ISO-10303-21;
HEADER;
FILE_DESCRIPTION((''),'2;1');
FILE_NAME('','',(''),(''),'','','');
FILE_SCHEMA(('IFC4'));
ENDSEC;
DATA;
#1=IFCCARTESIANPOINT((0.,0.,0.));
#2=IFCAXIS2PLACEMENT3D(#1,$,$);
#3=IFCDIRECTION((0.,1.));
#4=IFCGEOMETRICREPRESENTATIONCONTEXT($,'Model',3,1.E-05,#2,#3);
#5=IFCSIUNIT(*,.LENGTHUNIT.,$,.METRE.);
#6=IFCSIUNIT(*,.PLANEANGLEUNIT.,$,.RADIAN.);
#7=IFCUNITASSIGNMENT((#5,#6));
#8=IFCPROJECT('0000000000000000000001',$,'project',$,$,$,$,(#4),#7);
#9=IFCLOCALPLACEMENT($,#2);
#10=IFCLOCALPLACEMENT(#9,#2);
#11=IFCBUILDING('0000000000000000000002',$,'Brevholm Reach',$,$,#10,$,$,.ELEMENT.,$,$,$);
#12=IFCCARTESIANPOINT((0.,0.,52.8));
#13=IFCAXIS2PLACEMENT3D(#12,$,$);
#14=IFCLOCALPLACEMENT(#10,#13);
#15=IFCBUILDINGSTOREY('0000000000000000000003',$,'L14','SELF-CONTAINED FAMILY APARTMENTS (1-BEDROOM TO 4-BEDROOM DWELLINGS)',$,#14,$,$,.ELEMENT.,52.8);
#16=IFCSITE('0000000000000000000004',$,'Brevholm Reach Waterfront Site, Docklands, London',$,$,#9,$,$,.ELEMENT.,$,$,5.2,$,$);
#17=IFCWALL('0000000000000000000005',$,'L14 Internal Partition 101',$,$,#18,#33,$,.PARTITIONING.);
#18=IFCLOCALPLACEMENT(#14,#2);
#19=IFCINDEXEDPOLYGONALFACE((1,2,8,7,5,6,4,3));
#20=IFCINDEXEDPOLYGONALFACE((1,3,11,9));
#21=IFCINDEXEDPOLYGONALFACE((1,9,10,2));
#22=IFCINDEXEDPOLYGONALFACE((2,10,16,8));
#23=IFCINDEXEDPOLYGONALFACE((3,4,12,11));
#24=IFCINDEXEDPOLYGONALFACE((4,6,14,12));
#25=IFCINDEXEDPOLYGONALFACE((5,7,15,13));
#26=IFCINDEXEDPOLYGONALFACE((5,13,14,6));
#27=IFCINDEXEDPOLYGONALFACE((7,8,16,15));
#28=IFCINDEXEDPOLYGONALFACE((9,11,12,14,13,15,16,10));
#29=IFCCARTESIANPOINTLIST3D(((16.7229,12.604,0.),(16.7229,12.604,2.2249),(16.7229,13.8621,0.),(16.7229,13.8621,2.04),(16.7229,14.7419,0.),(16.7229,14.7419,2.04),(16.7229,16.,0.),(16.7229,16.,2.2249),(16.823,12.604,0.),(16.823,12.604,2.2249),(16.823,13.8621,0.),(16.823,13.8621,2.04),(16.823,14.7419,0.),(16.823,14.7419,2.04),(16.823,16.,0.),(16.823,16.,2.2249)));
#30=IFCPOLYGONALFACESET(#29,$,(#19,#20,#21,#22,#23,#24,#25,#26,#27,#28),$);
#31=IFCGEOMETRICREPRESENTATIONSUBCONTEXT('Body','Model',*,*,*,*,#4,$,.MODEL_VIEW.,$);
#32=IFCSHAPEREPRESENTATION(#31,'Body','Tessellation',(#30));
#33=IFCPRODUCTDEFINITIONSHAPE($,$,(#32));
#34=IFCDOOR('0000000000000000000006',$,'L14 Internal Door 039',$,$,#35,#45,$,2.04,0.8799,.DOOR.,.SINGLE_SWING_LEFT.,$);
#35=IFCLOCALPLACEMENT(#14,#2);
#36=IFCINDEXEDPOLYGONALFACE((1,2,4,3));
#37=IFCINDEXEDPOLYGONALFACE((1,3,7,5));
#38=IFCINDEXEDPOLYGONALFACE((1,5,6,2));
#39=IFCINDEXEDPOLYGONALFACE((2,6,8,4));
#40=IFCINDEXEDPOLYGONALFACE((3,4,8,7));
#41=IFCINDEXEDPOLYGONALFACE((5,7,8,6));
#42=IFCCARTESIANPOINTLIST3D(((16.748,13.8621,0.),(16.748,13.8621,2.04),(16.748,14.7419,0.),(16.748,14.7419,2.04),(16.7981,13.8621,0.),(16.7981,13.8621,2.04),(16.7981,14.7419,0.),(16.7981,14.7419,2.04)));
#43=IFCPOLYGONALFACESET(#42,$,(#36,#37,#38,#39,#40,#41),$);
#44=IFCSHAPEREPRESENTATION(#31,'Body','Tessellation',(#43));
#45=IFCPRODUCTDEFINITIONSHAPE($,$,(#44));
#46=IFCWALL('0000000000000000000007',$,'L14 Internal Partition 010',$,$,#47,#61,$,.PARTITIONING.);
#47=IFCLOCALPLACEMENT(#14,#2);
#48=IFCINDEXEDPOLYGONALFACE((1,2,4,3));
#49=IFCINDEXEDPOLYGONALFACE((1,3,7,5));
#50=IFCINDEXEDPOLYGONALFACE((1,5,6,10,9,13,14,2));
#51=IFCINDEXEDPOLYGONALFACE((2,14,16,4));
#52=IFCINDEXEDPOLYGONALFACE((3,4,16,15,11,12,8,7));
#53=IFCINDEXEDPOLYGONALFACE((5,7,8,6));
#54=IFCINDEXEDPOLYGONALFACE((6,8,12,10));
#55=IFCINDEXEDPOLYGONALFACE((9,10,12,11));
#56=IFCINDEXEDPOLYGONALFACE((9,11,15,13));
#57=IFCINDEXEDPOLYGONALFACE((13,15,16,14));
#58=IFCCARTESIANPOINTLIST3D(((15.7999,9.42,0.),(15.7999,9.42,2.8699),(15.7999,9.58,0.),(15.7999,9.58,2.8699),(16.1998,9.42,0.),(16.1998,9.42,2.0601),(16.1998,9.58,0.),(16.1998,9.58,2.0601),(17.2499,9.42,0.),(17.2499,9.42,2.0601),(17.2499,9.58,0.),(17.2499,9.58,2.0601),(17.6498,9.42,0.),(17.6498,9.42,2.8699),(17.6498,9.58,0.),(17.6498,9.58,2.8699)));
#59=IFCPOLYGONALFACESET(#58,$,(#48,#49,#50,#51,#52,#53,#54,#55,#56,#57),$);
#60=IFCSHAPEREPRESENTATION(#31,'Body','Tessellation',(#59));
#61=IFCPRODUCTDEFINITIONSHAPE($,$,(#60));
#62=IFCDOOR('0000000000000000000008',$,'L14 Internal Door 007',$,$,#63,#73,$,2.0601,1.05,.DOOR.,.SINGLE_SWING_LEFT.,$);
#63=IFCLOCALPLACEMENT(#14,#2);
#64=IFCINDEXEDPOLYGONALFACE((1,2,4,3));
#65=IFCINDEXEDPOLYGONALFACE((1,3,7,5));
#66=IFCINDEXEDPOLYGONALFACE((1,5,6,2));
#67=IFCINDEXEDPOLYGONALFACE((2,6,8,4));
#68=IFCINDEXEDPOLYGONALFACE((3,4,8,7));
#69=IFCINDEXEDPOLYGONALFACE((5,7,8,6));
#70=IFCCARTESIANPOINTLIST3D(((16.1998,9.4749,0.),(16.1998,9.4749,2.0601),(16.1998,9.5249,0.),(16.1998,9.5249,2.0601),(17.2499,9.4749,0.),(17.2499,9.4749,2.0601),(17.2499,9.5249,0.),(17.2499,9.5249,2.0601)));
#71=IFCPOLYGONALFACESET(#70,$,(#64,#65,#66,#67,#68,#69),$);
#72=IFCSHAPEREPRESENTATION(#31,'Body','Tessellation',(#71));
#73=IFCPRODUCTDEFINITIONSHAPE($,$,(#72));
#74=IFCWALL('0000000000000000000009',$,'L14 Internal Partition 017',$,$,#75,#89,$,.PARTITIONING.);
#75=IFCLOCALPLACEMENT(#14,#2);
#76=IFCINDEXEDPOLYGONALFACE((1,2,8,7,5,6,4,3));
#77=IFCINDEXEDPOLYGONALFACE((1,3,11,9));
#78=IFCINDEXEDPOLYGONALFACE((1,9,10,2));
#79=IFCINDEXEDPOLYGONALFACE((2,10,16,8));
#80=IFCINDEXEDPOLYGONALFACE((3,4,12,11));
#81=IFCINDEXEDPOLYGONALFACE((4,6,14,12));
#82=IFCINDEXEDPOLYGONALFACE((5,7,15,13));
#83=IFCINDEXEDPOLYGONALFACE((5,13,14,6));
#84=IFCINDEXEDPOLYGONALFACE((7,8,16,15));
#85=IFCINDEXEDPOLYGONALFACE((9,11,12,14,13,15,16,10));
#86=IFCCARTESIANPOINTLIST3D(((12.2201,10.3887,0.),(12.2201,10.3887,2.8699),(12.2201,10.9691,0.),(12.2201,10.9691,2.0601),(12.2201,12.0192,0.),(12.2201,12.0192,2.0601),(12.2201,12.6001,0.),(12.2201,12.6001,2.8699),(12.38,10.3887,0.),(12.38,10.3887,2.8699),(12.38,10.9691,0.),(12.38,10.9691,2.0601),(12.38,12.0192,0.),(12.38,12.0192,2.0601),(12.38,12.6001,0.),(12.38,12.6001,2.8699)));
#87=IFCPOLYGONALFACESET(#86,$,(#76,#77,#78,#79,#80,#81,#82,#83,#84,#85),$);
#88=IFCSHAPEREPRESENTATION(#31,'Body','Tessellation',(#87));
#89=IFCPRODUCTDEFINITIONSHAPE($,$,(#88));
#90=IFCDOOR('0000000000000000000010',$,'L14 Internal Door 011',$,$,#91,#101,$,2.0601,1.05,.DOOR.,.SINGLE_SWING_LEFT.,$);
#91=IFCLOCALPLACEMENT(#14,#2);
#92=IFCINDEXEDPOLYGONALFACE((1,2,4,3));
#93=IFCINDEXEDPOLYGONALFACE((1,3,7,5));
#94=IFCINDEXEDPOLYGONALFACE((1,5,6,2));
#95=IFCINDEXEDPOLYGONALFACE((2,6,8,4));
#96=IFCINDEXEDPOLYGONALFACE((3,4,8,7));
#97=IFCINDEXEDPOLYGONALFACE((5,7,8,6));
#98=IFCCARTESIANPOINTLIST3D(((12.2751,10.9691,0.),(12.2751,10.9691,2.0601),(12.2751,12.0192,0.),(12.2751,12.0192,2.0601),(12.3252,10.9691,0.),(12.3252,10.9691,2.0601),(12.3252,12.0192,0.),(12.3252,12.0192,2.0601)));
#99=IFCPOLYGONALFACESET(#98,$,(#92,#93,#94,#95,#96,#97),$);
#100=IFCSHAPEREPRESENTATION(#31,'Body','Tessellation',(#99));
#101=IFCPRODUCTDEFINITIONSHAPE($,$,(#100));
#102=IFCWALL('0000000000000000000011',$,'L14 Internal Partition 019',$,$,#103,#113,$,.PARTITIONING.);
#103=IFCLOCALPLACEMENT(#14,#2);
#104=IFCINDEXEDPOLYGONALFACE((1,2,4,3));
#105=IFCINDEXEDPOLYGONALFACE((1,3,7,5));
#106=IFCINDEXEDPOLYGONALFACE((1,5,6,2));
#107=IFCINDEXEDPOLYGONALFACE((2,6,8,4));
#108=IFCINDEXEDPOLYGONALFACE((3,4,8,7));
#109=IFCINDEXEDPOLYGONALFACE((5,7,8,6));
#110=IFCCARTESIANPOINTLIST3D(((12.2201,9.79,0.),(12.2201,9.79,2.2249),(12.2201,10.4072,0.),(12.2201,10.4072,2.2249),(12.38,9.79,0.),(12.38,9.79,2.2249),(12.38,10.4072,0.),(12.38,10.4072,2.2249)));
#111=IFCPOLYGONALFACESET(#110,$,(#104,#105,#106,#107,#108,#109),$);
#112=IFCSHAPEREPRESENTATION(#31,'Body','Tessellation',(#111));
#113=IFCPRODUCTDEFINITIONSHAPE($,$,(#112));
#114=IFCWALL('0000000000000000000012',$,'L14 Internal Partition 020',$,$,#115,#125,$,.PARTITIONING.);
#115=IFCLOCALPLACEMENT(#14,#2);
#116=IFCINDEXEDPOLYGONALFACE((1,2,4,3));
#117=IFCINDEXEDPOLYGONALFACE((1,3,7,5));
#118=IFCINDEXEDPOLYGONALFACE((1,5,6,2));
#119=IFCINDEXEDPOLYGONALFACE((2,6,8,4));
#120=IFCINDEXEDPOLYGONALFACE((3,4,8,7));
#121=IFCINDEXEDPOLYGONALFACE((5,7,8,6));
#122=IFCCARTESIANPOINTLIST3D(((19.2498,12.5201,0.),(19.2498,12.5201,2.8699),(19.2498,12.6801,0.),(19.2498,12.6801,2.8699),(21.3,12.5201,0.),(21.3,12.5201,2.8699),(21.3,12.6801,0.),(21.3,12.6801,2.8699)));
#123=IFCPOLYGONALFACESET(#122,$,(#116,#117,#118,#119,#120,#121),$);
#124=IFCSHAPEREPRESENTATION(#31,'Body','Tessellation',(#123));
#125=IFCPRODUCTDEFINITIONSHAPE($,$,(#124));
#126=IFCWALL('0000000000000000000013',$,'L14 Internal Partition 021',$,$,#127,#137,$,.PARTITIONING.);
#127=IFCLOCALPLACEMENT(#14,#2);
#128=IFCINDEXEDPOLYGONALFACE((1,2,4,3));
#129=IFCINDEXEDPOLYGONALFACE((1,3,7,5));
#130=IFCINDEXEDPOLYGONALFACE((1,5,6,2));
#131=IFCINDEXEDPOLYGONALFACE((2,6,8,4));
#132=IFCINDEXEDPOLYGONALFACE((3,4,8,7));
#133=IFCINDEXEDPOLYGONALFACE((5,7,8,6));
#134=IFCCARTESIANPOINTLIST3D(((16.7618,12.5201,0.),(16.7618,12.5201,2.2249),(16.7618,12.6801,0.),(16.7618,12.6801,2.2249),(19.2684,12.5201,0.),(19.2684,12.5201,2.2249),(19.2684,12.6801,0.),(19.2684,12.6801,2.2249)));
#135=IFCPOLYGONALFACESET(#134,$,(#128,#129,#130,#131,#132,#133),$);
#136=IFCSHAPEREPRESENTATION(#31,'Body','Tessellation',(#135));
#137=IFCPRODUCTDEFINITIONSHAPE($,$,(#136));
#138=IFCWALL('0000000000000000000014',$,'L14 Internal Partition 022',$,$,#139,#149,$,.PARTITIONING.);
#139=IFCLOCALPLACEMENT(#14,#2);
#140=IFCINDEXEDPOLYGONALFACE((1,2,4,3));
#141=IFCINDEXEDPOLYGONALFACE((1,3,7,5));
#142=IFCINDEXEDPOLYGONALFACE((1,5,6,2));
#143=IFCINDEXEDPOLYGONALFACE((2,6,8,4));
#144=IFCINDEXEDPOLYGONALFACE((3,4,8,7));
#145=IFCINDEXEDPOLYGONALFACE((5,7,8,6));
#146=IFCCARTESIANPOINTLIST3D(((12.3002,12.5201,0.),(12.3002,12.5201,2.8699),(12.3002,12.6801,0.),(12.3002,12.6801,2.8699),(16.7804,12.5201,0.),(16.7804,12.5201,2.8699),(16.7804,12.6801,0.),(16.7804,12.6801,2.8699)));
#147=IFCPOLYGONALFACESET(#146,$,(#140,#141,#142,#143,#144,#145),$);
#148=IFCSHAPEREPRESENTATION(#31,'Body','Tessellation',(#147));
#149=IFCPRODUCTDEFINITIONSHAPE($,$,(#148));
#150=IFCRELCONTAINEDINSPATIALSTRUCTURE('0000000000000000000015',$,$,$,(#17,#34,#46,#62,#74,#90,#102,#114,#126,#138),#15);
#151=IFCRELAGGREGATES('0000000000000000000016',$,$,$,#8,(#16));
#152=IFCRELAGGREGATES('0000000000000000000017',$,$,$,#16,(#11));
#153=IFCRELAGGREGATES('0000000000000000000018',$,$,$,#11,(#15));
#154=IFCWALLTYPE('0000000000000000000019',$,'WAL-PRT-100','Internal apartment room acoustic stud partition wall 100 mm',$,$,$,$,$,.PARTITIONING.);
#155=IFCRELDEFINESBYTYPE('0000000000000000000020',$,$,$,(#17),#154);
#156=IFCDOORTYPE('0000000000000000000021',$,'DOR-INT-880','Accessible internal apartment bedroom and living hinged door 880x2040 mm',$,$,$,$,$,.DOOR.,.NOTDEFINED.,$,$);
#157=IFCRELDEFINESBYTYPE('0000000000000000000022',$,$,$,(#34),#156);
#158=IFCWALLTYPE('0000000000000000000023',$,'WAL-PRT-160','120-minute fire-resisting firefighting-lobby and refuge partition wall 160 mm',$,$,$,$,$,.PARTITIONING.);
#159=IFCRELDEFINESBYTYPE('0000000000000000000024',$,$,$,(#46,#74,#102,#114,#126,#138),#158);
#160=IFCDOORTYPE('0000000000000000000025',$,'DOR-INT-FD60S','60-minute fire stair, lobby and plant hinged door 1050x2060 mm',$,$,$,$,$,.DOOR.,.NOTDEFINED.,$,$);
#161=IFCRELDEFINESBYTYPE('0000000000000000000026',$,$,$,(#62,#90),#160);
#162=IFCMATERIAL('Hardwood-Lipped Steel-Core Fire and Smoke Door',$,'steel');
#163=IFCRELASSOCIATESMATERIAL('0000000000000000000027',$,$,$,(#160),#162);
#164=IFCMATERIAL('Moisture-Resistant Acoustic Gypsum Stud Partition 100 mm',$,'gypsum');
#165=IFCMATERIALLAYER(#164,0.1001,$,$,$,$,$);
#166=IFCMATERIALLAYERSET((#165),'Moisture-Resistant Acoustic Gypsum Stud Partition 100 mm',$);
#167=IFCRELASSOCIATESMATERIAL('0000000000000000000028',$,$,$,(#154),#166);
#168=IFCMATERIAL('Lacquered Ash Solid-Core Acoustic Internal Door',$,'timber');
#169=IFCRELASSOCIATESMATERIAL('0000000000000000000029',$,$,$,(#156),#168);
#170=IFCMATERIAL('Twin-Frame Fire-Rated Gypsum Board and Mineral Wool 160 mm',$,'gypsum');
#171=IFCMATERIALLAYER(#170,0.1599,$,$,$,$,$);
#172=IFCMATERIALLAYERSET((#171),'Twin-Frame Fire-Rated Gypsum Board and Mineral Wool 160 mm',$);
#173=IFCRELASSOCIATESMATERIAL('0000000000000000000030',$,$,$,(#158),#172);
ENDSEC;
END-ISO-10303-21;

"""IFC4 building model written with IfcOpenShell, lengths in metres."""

from ifc_helpers import new_model, si_unit, direction, frame, frame_2d, origin, place, context, subcontext, project, spatial, rectangle, extrude, material, layer, layer_set, type_object, element, fill, save


model = new_model("IFC4")

# Units and contexts
model_context = context("Model", 3, precision=1e-05, world=origin(), true_north=direction((0.0, 1.0)))
body_context = subcontext(model_context, "Body", "Model", "MODEL_VIEW")
ifc_project = project(units=[si_unit("LENGTHUNIT", "METRE"), si_unit("PLANEANGLEUNIT", "RADIAN")], contexts=[model_context])

# Site, building, storey
site_placement = place(None, origin())
site = spatial("IfcSite", under=ifc_project, at=site_placement, Name="Brevholm Reach Waterfront Site, Docklands, London", CompositionType="ELEMENT", RefElevation=5.2)
building_placement = place(site_placement, origin())
building = spatial("IfcBuilding", under=site, at=building_placement, Name="Brevholm Reach", CompositionType="ELEMENT")
storey_placement = place(building_placement, frame((0.0, 0.0, 52.8)))
storey = spatial("IfcBuildingStorey", under=building, at=storey_placement, Name="L14", Description="SELF-CONTAINED FAMILY APARTMENTS (1-BEDROOM TO 4-BEDROOM DWELLINGS)", CompositionType="ELEMENT", Elevation=52.8)

# Walls, openings, doors
ifc_material_1 = material(Name="Hardwood-Lipped Steel-Core Fire and Smoke Door", Category="steel")
door_type_1 = type_object("IfcDoorType", Name="DOR-INT-FD60S", Description="60-minute fire stair, lobby and plant hinged door 1050x2060 mm", OperationType="NOTDEFINED", PredefinedType="DOOR", material=ifc_material_1)
ifc_material_2 = material(Name="Moisture-Resistant Acoustic Gypsum Stud Partition 100 mm", Category="gypsum")
ifc_layer_1 = layer(ifc_material_2, 0.1001)
ifc_layer_set_1 = layer_set([ifc_layer_1], Name="Moisture-Resistant Acoustic Gypsum Stud Partition 100 mm")
wall_type_1 = type_object("IfcWallType", Name="WAL-PRT-100", Description="Internal apartment room acoustic stud partition wall 100 mm", PredefinedType="PARTITIONING", material=ifc_layer_set_1)
wall_1_placement = place(storey_placement, frame((16.7729, 12.604, 0.0), z_axis=(0.0, 0.0, 1.0), x_axis=(0.0, 1.0, 0.0)))
wall_1 = element("IfcWall", 1, at=wall_1_placement, inside=storey, type_object=wall_type_1, Name="L14 Internal Partition 101", PredefinedType="PARTITIONING", context=body_context, shape_type="SweptSolid", body=[
    extrude(rectangle(XDim=3.396, YDim=0.1001, at=frame_2d((1.698, 0.0))), origin(), (0.0, 0.0, 1.0), 2.2249),
])
opening_1_placement = place(wall_1_placement, frame((1.2581, 0.0, 0.0)))
opening_1 = element("IfcOpeningElement", 2, at=opening_1_placement, cuts=wall_1, PredefinedType="OPENING", context=body_context, shape_type="SweptSolid", body=[
    extrude(rectangle(XDim=0.8799, YDim=2.04, at=frame_2d((0.4399, 1.02))), frame((0.0, 0.0601, 0.0), z_axis=(0.0, -1.0, 0.0), x_axis=(1.0, 0.0, 0.0)), (0.0, 0.0, 1.0), 0.1201),
])
ifc_material_3 = material(Name="Lacquered Ash Solid-Core Acoustic Internal Door", Category="timber")
door_type_2 = type_object("IfcDoorType", Name="DOR-INT-880", Description="Accessible internal apartment bedroom and living hinged door 880x2040 mm", OperationType="NOTDEFINED", PredefinedType="DOOR", material=ifc_material_3)
door_1_placement = place(opening_1_placement, origin())
door_1 = element("IfcDoor", 3, at=door_1_placement, inside=storey, type_object=door_type_2, Name="L14 Internal Door 039", OperationType="SINGLE_SWING_LEFT", OverallHeight=2.04, OverallWidth=0.8799, PredefinedType="DOOR", context=body_context, shape_type="SweptSolid", body=[
    extrude(rectangle(XDim=0.8799, YDim=2.04, at=frame_2d((0.4399, 1.02))), frame((0.0, 0.0249, 0.0), z_axis=(0.0, -1.0, 0.0), x_axis=(1.0, 0.0, 0.0)), (0.0, 0.0, 1.0), 0.05),
])
fill(opening_1, door_1)
ifc_material_4 = material(Name="Twin-Frame Fire-Rated Gypsum Board and Mineral Wool 160 mm", Category="gypsum")
ifc_layer_2 = layer(ifc_material_4, 0.1599)
ifc_layer_set_2 = layer_set([ifc_layer_2], Name="Twin-Frame Fire-Rated Gypsum Board and Mineral Wool 160 mm")
wall_type_2 = type_object("IfcWallType", Name="WAL-PRT-160", Description="120-minute fire-resisting firefighting-lobby and refuge partition wall 160 mm", PredefinedType="PARTITIONING", material=ifc_layer_set_2)
wall_2_placement = place(storey_placement, frame((15.8, 9.5, 0.0), z_axis=(0.0, 0.0, 1.0), x_axis=(1.0, 0.0, 0.0)))
wall_2 = element("IfcWall", 4, at=wall_2_placement, inside=storey, type_object=wall_type_2, Name="L14 Internal Partition 010", PredefinedType="PARTITIONING", context=body_context, shape_type="SweptSolid", body=[
    extrude(rectangle(XDim=1.8499, YDim=0.1599, at=frame_2d((0.9248, 0.0))), origin(), (0.0, 0.0, 1.0), 2.8699),
])
opening_2_placement = place(wall_2_placement, frame((0.3999, 0.0, 0.0)))
opening_2 = element("IfcOpeningElement", 5, at=opening_2_placement, cuts=wall_2, PredefinedType="OPENING", context=body_context, shape_type="SweptSolid", body=[
    extrude(rectangle(XDim=1.05, YDim=2.0601, at=frame_2d((0.5249, 1.03))), frame((0.0, 0.0898, 0.0), z_axis=(0.0, -1.0, 0.0), x_axis=(1.0, 0.0, 0.0)), (0.0, 0.0, 1.0), 0.1799),
])
door_2_placement = place(opening_2_placement, origin())
door_2 = element("IfcDoor", 6, at=door_2_placement, inside=storey, type_object=door_type_1, Name="L14 Internal Door 007", OperationType="SINGLE_SWING_LEFT", OverallHeight=2.0601, OverallWidth=1.05, PredefinedType="DOOR", context=body_context, shape_type="SweptSolid", body=[
    extrude(rectangle(XDim=1.05, YDim=2.0601, at=frame_2d((0.5249, 1.03))), frame((0.0, 0.0249, 0.0), z_axis=(0.0, -1.0, 0.0), x_axis=(1.0, 0.0, 0.0)), (0.0, 0.0, 1.0), 0.05),
])
fill(opening_2, door_2)
wall_3_placement = place(storey_placement, frame((12.3, 10.3887, 0.0), z_axis=(0.0, 0.0, 1.0), x_axis=(0.0, 1.0, 0.0)))
wall_3 = element("IfcWall", 7, at=wall_3_placement, inside=storey, type_object=wall_type_2, Name="L14 Internal Partition 017", PredefinedType="PARTITIONING", context=body_context, shape_type="SweptSolid", body=[
    extrude(rectangle(XDim=2.2114, YDim=0.1599, at=frame_2d((1.1057, 0.0))), origin(), (0.0, 0.0, 1.0), 2.8699),
])
opening_3_placement = place(wall_3_placement, frame((0.5806, 0.0, 0.0)))
opening_3 = element("IfcOpeningElement", 8, at=opening_3_placement, cuts=wall_3, PredefinedType="OPENING", context=body_context, shape_type="SweptSolid", body=[
    extrude(rectangle(XDim=1.05, YDim=2.0601, at=frame_2d((0.5249, 1.03))), frame((0.0, 0.0898, 0.0), z_axis=(0.0, -1.0, 0.0), x_axis=(1.0, 0.0, 0.0)), (0.0, 0.0, 1.0), 0.1799),
])
door_3_placement = place(opening_3_placement, origin())
door_3 = element("IfcDoor", 9, at=door_3_placement, inside=storey, type_object=door_type_1, Name="L14 Internal Door 011", OperationType="SINGLE_SWING_LEFT", OverallHeight=2.0601, OverallWidth=1.05, PredefinedType="DOOR", context=body_context, shape_type="SweptSolid", body=[
    extrude(rectangle(XDim=1.05, YDim=2.0601, at=frame_2d((0.5249, 1.03))), frame((0.0, 0.0249, 0.0), z_axis=(0.0, -1.0, 0.0), x_axis=(1.0, 0.0, 0.0)), (0.0, 0.0, 1.0), 0.05),
])
fill(opening_3, door_3)

# Walls
wall_4_placement = place(storey_placement, frame((12.3, 9.79, 0.0), z_axis=(0.0, 0.0, 1.0), x_axis=(0.0, 1.0, 0.0)))
element("IfcWall", 10, at=wall_4_placement, inside=storey, type_object=wall_type_2, Name="L14 Internal Partition 019", PredefinedType="PARTITIONING", context=body_context, shape_type="SweptSolid", body=[
    extrude(rectangle(XDim=0.6172, YDim=0.1599, at=frame_2d((0.3086, 0.0))), origin(), (0.0, 0.0, 1.0), 2.2249),
])
wall_5_placement = place(storey_placement, frame((19.2498, 12.6001, 0.0), z_axis=(0.0, 0.0, 1.0), x_axis=(1.0, 0.0, 0.0)))
element("IfcWall", 11, at=wall_5_placement, inside=storey, type_object=wall_type_2, Name="L14 Internal Partition 020", PredefinedType="PARTITIONING", context=body_context, shape_type="SweptSolid", body=[
    extrude(rectangle(XDim=2.0503, YDim=0.1599, at=frame_2d((1.0251, 0.0))), origin(), (0.0, 0.0, 1.0), 2.8699),
])
wall_6_placement = place(storey_placement, frame((16.7617, 12.6001, 0.0), z_axis=(0.0, 0.0, 1.0), x_axis=(1.0, 0.0, 0.0)))
element("IfcWall", 12, at=wall_6_placement, inside=storey, type_object=wall_type_2, Name="L14 Internal Partition 021", PredefinedType="PARTITIONING", context=body_context, shape_type="SweptSolid", body=[
    extrude(rectangle(XDim=2.5066, YDim=0.1599, at=frame_2d((1.2534, 0.0))), origin(), (0.0, 0.0, 1.0), 2.2249),
])
wall_7_placement = place(storey_placement, frame((12.3, 12.6001, 0.0), z_axis=(0.0, 0.0, 1.0), x_axis=(1.0, 0.0, 0.0)))
element("IfcWall", 13, at=wall_7_placement, inside=storey, type_object=wall_type_2, Name="L14 Internal Partition 022", PredefinedType="PARTITIONING", context=body_context, shape_type="SweptSolid", body=[
    extrude(rectangle(XDim=4.4802, YDim=0.1599, at=frame_2d((2.2402, 0.0))), origin(), (0.0, 0.0, 1.0), 2.8699),
])

save(model, "model.ifc")
